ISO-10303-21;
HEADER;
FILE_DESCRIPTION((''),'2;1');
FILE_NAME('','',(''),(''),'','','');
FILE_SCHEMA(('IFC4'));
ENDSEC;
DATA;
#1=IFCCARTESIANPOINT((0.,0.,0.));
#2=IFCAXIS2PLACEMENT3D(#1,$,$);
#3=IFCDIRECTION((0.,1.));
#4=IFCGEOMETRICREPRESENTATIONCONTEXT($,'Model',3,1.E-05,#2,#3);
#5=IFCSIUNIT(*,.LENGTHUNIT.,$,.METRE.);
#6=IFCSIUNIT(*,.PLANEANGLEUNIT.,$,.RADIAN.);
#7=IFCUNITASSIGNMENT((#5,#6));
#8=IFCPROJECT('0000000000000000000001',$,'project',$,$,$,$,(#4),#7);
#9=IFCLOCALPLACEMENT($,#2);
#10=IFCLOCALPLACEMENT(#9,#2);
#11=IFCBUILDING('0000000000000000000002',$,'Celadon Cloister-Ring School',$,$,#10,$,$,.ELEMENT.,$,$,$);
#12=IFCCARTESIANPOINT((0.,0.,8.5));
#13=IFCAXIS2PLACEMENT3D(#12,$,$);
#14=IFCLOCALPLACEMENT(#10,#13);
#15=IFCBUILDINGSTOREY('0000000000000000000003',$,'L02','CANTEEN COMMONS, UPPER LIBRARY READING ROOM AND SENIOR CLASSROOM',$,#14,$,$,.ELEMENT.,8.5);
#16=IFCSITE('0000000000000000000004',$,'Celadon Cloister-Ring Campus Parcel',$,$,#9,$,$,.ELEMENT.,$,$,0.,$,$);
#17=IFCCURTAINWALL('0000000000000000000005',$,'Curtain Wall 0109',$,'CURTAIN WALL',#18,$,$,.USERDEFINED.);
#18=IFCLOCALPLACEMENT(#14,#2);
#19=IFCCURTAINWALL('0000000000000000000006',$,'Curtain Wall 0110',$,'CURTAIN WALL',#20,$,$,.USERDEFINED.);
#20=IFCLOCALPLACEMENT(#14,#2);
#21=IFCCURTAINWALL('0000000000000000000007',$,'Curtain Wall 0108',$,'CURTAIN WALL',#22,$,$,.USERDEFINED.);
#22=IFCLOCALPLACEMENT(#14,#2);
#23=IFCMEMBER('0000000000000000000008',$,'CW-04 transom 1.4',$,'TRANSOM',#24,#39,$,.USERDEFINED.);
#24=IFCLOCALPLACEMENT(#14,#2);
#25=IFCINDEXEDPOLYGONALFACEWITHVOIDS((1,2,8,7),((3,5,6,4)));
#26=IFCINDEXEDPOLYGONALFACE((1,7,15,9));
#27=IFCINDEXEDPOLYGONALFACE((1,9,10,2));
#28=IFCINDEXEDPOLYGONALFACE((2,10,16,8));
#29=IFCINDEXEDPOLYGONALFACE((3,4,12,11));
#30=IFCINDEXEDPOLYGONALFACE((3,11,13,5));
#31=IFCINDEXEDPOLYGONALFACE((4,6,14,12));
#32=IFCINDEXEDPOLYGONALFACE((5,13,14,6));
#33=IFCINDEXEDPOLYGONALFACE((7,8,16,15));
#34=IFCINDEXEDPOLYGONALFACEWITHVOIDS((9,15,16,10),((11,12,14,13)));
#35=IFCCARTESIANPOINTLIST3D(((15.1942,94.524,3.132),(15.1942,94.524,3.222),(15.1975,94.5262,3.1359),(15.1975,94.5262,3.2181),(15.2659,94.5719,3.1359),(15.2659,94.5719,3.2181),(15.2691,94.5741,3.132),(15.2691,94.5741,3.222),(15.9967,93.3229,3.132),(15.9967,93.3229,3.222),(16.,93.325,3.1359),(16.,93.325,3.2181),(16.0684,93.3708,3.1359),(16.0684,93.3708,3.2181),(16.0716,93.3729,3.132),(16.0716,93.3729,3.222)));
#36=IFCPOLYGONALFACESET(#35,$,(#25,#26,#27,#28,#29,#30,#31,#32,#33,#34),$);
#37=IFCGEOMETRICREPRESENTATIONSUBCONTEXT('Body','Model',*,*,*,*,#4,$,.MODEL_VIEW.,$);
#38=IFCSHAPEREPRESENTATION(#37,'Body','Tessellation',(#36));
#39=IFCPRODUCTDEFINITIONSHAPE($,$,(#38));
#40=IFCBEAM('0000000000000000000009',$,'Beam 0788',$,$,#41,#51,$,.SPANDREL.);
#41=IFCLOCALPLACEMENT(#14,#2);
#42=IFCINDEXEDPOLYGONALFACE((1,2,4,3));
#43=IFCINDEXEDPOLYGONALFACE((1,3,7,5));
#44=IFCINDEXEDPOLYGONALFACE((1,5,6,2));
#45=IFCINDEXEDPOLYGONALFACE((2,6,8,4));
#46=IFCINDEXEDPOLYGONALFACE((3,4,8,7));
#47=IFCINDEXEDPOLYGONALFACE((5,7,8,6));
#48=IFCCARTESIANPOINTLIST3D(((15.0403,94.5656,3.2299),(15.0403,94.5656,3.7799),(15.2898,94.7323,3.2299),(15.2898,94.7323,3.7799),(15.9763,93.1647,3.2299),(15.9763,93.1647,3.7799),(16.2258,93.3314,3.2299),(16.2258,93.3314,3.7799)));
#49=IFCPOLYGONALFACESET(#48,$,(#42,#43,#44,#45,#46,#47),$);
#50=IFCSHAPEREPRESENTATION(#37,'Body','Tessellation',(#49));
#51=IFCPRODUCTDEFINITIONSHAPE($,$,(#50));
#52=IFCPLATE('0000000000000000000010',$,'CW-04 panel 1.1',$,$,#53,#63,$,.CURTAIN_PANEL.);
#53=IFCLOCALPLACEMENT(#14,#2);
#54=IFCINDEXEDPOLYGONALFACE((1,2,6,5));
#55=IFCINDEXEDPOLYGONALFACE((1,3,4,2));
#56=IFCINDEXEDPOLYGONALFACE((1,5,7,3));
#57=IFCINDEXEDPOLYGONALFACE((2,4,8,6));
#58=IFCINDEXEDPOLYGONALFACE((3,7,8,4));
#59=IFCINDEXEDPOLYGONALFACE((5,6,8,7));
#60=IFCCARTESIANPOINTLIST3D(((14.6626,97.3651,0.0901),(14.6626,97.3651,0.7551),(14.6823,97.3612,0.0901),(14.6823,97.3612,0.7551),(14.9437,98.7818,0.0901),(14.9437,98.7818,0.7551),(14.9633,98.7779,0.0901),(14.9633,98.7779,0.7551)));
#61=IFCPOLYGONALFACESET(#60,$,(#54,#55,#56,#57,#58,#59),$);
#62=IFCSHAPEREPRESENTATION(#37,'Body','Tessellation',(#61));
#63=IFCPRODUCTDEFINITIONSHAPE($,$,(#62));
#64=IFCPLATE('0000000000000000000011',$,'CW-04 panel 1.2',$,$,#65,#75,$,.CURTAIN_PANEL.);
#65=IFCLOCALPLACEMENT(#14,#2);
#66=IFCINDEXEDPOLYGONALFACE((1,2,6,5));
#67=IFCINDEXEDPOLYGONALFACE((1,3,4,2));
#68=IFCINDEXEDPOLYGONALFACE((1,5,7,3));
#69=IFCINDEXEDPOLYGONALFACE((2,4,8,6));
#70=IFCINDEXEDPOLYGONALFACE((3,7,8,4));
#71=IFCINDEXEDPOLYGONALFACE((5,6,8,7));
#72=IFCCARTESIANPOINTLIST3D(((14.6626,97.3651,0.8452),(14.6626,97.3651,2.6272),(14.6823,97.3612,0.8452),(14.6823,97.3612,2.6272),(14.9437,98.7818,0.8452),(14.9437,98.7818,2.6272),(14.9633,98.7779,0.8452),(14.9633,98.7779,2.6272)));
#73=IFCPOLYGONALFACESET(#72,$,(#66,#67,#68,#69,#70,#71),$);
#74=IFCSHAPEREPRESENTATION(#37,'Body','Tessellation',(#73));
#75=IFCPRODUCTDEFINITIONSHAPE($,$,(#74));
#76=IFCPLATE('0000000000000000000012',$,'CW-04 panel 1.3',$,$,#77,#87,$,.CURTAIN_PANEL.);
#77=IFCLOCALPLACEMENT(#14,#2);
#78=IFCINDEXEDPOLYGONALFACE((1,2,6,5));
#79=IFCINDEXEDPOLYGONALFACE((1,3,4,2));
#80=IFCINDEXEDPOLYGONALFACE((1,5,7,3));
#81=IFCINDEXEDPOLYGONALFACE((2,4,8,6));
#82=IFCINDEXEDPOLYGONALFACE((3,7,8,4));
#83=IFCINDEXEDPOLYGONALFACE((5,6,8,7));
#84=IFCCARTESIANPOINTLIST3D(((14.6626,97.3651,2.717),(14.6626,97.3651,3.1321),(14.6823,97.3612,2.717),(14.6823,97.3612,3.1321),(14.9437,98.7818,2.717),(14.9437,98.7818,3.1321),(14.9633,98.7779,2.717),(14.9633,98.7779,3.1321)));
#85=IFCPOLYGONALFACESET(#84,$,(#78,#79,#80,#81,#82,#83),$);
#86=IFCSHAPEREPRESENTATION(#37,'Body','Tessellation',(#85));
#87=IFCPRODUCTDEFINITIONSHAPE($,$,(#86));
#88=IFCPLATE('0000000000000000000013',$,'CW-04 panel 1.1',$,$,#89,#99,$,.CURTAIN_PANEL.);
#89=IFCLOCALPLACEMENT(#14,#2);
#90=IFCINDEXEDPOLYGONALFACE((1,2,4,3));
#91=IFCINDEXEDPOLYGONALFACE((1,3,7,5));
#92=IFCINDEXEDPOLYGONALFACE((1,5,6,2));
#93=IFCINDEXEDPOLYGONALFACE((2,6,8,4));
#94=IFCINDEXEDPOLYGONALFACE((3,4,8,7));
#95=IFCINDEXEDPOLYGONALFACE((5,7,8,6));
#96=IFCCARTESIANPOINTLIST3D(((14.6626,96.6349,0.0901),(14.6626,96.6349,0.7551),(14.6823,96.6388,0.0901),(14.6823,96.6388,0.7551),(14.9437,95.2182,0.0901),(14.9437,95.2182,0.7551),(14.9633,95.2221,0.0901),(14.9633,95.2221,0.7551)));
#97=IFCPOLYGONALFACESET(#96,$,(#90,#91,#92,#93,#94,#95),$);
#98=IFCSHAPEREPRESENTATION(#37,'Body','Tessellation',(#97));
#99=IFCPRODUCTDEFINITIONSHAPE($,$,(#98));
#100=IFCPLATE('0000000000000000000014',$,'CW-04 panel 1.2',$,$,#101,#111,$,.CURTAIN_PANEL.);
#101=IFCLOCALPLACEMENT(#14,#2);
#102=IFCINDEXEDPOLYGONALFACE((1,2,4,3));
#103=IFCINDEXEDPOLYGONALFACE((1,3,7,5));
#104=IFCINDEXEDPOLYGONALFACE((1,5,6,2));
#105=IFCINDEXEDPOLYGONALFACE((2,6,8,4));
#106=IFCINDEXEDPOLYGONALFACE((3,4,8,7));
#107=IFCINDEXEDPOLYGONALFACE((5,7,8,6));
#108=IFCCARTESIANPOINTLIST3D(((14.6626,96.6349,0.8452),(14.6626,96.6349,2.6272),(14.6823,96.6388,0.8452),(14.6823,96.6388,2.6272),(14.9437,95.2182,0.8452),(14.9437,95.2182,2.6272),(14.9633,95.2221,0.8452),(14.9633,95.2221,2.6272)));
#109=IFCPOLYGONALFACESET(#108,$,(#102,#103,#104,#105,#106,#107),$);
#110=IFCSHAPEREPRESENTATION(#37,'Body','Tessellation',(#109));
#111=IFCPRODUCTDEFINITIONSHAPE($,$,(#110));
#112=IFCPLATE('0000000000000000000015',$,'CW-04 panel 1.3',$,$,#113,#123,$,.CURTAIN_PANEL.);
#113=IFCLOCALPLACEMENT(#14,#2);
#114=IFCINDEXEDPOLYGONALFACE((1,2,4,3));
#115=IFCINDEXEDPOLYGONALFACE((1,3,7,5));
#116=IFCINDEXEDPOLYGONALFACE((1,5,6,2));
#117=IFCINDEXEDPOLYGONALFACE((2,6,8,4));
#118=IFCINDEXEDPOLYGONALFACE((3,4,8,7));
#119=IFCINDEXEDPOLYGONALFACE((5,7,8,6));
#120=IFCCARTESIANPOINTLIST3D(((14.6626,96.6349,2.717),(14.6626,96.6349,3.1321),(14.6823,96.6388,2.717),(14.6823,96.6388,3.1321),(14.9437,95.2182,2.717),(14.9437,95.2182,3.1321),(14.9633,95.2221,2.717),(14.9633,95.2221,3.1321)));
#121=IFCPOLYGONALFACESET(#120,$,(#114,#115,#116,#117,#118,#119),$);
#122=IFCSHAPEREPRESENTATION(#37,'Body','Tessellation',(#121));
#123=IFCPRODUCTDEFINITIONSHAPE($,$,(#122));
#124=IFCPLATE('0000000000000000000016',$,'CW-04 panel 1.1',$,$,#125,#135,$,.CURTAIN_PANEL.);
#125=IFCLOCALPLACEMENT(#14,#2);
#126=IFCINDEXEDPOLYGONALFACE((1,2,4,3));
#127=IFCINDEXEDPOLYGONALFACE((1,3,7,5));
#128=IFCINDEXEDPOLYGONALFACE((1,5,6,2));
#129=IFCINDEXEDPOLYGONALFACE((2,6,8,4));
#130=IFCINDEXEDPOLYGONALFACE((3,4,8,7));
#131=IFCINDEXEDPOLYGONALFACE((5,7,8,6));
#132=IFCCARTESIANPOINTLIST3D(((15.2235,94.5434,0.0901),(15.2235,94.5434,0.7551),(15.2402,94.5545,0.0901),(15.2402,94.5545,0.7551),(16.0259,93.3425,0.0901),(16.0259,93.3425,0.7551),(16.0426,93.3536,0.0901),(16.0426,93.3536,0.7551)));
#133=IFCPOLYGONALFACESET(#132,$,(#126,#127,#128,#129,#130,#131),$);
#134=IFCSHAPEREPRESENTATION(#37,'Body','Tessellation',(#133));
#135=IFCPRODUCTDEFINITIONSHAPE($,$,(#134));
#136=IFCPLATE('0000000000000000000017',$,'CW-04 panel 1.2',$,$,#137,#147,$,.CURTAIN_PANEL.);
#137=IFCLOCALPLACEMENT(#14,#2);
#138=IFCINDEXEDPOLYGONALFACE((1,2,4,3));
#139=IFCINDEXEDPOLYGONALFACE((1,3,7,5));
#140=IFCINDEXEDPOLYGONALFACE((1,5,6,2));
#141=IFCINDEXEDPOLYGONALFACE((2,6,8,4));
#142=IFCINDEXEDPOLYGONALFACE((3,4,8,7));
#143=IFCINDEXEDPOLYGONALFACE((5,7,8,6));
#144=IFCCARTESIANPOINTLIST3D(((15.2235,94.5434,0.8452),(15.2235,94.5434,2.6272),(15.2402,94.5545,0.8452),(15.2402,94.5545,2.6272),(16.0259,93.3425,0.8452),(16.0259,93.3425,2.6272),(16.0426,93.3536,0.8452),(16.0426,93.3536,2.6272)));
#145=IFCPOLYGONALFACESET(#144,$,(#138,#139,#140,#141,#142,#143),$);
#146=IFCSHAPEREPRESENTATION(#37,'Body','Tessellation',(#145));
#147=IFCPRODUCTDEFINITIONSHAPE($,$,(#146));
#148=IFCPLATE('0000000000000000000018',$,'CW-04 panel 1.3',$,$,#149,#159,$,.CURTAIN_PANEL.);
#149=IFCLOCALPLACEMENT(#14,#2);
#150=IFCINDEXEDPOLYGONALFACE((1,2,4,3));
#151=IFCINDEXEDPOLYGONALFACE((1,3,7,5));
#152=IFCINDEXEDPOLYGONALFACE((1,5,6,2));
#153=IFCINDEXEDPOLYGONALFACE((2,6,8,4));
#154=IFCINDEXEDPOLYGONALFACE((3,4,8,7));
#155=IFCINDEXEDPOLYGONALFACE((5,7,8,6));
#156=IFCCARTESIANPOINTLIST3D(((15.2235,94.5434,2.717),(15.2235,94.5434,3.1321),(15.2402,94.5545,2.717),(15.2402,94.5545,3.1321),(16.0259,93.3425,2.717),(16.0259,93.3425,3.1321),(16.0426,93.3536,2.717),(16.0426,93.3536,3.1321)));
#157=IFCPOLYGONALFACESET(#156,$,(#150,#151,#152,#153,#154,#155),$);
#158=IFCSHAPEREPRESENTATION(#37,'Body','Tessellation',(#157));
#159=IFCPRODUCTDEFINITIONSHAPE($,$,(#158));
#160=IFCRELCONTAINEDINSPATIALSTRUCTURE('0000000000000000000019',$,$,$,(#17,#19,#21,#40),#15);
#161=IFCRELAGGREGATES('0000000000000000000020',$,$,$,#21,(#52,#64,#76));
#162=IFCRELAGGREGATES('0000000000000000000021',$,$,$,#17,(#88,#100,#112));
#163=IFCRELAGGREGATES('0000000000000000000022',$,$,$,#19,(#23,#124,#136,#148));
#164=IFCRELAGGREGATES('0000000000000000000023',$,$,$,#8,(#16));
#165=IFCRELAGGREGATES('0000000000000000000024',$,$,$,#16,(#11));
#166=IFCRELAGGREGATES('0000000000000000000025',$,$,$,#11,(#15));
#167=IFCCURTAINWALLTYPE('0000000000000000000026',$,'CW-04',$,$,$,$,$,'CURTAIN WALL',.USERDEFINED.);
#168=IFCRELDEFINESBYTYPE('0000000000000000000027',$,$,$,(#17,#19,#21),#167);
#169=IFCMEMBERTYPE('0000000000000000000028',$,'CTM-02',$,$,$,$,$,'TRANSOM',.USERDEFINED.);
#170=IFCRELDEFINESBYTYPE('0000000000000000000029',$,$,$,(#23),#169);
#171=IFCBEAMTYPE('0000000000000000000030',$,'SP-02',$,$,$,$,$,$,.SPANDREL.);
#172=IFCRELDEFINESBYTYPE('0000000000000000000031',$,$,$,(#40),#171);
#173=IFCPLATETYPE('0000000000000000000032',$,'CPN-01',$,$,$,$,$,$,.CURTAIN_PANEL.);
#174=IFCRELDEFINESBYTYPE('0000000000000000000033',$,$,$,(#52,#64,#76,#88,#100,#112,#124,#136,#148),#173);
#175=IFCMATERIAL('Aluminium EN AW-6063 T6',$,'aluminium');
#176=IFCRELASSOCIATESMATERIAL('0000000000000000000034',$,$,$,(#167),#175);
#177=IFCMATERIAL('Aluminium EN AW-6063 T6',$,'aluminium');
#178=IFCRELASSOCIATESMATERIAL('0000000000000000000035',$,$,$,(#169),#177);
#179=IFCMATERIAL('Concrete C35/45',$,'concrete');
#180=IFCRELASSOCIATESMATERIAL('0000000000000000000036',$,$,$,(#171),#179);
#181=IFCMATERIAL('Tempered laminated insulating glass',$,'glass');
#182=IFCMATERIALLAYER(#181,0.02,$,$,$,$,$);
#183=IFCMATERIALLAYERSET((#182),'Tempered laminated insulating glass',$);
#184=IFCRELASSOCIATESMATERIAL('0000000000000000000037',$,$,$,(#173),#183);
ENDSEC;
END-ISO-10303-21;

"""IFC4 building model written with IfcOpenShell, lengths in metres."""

from ifc_helpers import new_model, si_unit, direction, frame, origin, origin_2d, place, context, subcontext, project, spatial, rectangle, hollow_rectangle, extrude, material, layer, layer_set, material_profile, profile_set, type_object, element, aggregate, save


model = new_model("IFC4")

# Units and contexts
model_context = context("Model", 3, precision=1e-05, world=origin(), true_north=direction((0.0, 1.0)))
body_context = subcontext(model_context, "Body", "Model", "MODEL_VIEW")
ifc_project = project(units=[si_unit("LENGTHUNIT", "METRE"), si_unit("PLANEANGLEUNIT", "RADIAN")], contexts=[model_context])

# Site, building, storey
site_placement = place(None, origin())
site = spatial("IfcSite", under=ifc_project, at=site_placement, Name="Celadon Cloister-Ring Campus Parcel", CompositionType="ELEMENT", RefElevation=0.0)
building_placement = place(site_placement, origin())
building = spatial("IfcBuilding", under=site, at=building_placement, Name="Celadon Cloister-Ring School", CompositionType="ELEMENT")
storey_placement = place(building_placement, frame((0.0, 0.0, 8.5)))
storey = spatial("IfcBuildingStorey", under=building, at=storey_placement, Name="L02", Description="CANTEEN COMMONS, UPPER LIBRARY READING ROOM AND SENIOR CLASSROOM", CompositionType="ELEMENT", Elevation=8.5)

# Curtain wall
ifc_material_1 = material(Name="Aluminium EN AW-6063 T6", Category="aluminium")
curtain_wall_type = type_object("IfcCurtainWallType", Name="CW-04", ElementType="CURTAIN WALL", PredefinedType="USERDEFINED", material=ifc_material_1)
curtain_wall_1_placement = place(storey_placement, origin())
curtain_wall_1 = element("IfcCurtainWall", 1, at=curtain_wall_1_placement, inside=storey, type_object=curtain_wall_type, Name="Curtain Wall 0109", ObjectType="CURTAIN WALL", PredefinedType="USERDEFINED")

# Curtain wall
curtain_wall_2_placement = place(storey_placement, origin())
curtain_wall_2 = element("IfcCurtainWall", 2, at=curtain_wall_2_placement, inside=storey, type_object=curtain_wall_type, Name="Curtain Wall 0110", ObjectType="CURTAIN WALL", PredefinedType="USERDEFINED")

# Curtain wall
curtain_wall_3_placement = place(storey_placement, origin())
curtain_wall_3 = element("IfcCurtainWall", 3, at=curtain_wall_3_placement, inside=storey, type_object=curtain_wall_type, Name="Curtain Wall 0108", ObjectType="CURTAIN WALL", PredefinedType="USERDEFINED")
ifc_material_2 = material(Name="Aluminium EN AW-6063 T6", Category="aluminium")
ifc_material_profile_1 = material_profile(ifc_material_2, hollow_rectangle(XDim=0.0901, YDim=0.0901, WallThickness=0.0039, at=origin_2d()), Name="RHS90X90X4")
ifc_profile_set_1 = profile_set([ifc_material_profile_1], Name="Aluminium EN AW-6063 T6")
member_type_1 = type_object("IfcMemberType", Name="CTM-02", ElementType="TRANSOM", PredefinedType="USERDEFINED", material=ifc_profile_set_1)

# Member
member_1_placement = place(storey_placement, frame((15.2317, 94.5491, 3.177), z_axis=(0.555519, -0.831504, 0.0), x_axis=(0.831504, 0.555519, 0.0)))
member_1 = element("IfcMember", 4, at=member_1_placement, type_object=member_type_1, Name="CW-04 transom 1.4", ObjectType="TRANSOM", PredefinedType="USERDEFINED", context=body_context, shape_type="SweptSolid", body=[
    extrude(hollow_rectangle(XDim=0.0901, YDim=0.0901, WallThickness=0.0039, at=origin_2d()), origin(), (0.0, 0.0, 1.0), 1.4446),
])

# Beam
ifc_material_3 = material(Name="Concrete C35/45", Category="concrete")
ifc_material_profile_2 = material_profile(ifc_material_3, rectangle(XDim=0.3, YDim=0.55, at=origin_2d()), Name="RC300X550")
ifc_profile_set_2 = profile_set([ifc_material_profile_2], Name="Concrete C35/45")
beam_type = type_object("IfcBeamType", Name="SP-02", PredefinedType="SPANDREL", material=ifc_profile_set_2)
beam_placement = place(storey_placement, frame((15.165, 94.6489, 3.5049), z_axis=(0.555569, -0.83147, 0.0), x_axis=(0.83147, 0.555569, 0.0)))
element("IfcBeam", 5, at=beam_placement, inside=storey, type_object=beam_type, Name="Beam 0788", PredefinedType="SPANDREL", context=body_context, shape_type="SweptSolid", body=[
    extrude(rectangle(XDim=0.3, YDim=0.55, at=origin_2d()), origin(), (0.0, 0.0, 1.0), 1.6848),
])

# Plates
ifc_material_4 = material(Name="Tempered laminated insulating glass", Category="glass")
ifc_layer = layer(ifc_material_4, 0.02)
ifc_layer_set = layer_set([ifc_layer], Name="Tempered laminated insulating glass")
plate_type = type_object("IfcPlateType", Name="CPN-01", PredefinedType="CURTAIN_PANEL", material=ifc_layer_set)
plate_1_placement = place(storey_placement, frame((14.813, 98.0715, 0.0901), z_axis=(0.0, 0.0, 1.0), x_axis=(-0.194586, -0.980885, 0.0)))
plate_1 = element("IfcPlate", 6, at=plate_1_placement, type_object=plate_type, Name="CW-04 panel 1.1", PredefinedType="CURTAIN_PANEL", context=body_context, shape_type="SweptSolid", body=[
    extrude(rectangle(XDim=1.4443, YDim=0.02, at=origin_2d()), origin(), (0.0, 0.0, 1.0), 0.665),
])
plate_2_placement = place(storey_placement, frame((14.813, 98.0715, 0.8452), z_axis=(0.0, 0.0, 1.0), x_axis=(-0.194586, -0.980885, 0.0)))
plate_2 = element("IfcPlate", 7, at=plate_2_placement, type_object=plate_type, Name="CW-04 panel 1.2", PredefinedType="CURTAIN_PANEL", context=body_context, shape_type="SweptSolid", body=[
    extrude(rectangle(XDim=1.4443, YDim=0.02, at=origin_2d()), origin(), (0.0, 0.0, 1.0), 1.782),
])
plate_3_placement = place(storey_placement, frame((14.813, 98.0715, 2.717), z_axis=(0.0, 0.0, 1.0), x_axis=(-0.194586, -0.980885, 0.0)))
plate_3 = element("IfcPlate", 8, at=plate_3_placement, type_object=plate_type, Name="CW-04 panel 1.3", PredefinedType="CURTAIN_PANEL", context=body_context, shape_type="SweptSolid", body=[
    extrude(rectangle(XDim=1.4443, YDim=0.02, at=origin_2d()), origin(), (0.0, 0.0, 1.0), 0.415),
])
aggregate(curtain_wall_3, [plate_1, plate_2, plate_3])
plate_4_placement = place(storey_placement, frame((14.813, 95.9285, 0.0901), z_axis=(0.0, 0.0, 1.0), x_axis=(0.194586, -0.980885, 0.0)))
plate_4 = element("IfcPlate", 9, at=plate_4_placement, type_object=plate_type, Name="CW-04 panel 1.1", PredefinedType="CURTAIN_PANEL", context=body_context, shape_type="SweptSolid", body=[
    extrude(rectangle(XDim=1.4443, YDim=0.02, at=origin_2d()), origin(), (0.0, 0.0, 1.0), 0.665),
])
plate_5_placement = place(storey_placement, frame((14.813, 95.9285, 0.8452), z_axis=(0.0, 0.0, 1.0), x_axis=(0.194586, -0.980885, 0.0)))
plate_5 = element("IfcPlate", 10, at=plate_5_placement, type_object=plate_type, Name="CW-04 panel 1.2", PredefinedType="CURTAIN_PANEL", context=body_context, shape_type="SweptSolid", body=[
    extrude(rectangle(XDim=1.4443, YDim=0.02, at=origin_2d()), origin(), (0.0, 0.0, 1.0), 1.782),
])
plate_6_placement = place(storey_placement, frame((14.813, 95.9285, 2.717), z_axis=(0.0, 0.0, 1.0), x_axis=(0.194586, -0.980885, 0.0)))
plate_6 = element("IfcPlate", 11, at=plate_6_placement, type_object=plate_type, Name="CW-04 panel 1.3", PredefinedType="CURTAIN_PANEL", context=body_context, shape_type="SweptSolid", body=[
    extrude(rectangle(XDim=1.4443, YDim=0.02, at=origin_2d()), origin(), (0.0, 0.0, 1.0), 0.415),
])
aggregate(curtain_wall_1, [plate_4, plate_5, plate_6])
plate_7_placement = place(storey_placement, frame((15.6331, 93.9485, 0.0901), z_axis=(0.0, 0.0, 1.0), x_axis=(0.555547, -0.831485, 0.0)))
plate_7 = element("IfcPlate", 12, at=plate_7_placement, type_object=plate_type, Name="CW-04 panel 1.1", PredefinedType="CURTAIN_PANEL", context=body_context, shape_type="SweptSolid", body=[
    extrude(rectangle(XDim=1.4443, YDim=0.02, at=origin_2d()), origin(), (0.0, 0.0, 1.0), 0.665),
])
plate_8_placement = place(storey_placement, frame((15.6331, 93.9485, 0.8452), z_axis=(0.0, 0.0, 1.0), x_axis=(0.555547, -0.831485, 0.0)))
plate_8 = element("IfcPlate", 13, at=plate_8_placement, type_object=plate_type, Name="CW-04 panel 1.2", PredefinedType="CURTAIN_PANEL", context=body_context, shape_type="SweptSolid", body=[
    extrude(rectangle(XDim=1.4443, YDim=0.02, at=origin_2d()), origin(), (0.0, 0.0, 1.0), 1.782),
])
plate_9_placement = place(storey_placement, frame((15.6331, 93.9485, 2.717), z_axis=(0.0, 0.0, 1.0), x_axis=(0.555547, -0.831485, 0.0)))
plate_9 = element("IfcPlate", 14, at=plate_9_placement, type_object=plate_type, Name="CW-04 panel 1.3", PredefinedType="CURTAIN_PANEL", context=body_context, shape_type="SweptSolid", body=[
    extrude(rectangle(XDim=1.4443, YDim=0.02, at=origin_2d()), origin(), (0.0, 0.0, 1.0), 0.415),
])
aggregate(curtain_wall_2, [member_1, plate_7, plate_8, plate_9])

save(model, "model.ifc")
